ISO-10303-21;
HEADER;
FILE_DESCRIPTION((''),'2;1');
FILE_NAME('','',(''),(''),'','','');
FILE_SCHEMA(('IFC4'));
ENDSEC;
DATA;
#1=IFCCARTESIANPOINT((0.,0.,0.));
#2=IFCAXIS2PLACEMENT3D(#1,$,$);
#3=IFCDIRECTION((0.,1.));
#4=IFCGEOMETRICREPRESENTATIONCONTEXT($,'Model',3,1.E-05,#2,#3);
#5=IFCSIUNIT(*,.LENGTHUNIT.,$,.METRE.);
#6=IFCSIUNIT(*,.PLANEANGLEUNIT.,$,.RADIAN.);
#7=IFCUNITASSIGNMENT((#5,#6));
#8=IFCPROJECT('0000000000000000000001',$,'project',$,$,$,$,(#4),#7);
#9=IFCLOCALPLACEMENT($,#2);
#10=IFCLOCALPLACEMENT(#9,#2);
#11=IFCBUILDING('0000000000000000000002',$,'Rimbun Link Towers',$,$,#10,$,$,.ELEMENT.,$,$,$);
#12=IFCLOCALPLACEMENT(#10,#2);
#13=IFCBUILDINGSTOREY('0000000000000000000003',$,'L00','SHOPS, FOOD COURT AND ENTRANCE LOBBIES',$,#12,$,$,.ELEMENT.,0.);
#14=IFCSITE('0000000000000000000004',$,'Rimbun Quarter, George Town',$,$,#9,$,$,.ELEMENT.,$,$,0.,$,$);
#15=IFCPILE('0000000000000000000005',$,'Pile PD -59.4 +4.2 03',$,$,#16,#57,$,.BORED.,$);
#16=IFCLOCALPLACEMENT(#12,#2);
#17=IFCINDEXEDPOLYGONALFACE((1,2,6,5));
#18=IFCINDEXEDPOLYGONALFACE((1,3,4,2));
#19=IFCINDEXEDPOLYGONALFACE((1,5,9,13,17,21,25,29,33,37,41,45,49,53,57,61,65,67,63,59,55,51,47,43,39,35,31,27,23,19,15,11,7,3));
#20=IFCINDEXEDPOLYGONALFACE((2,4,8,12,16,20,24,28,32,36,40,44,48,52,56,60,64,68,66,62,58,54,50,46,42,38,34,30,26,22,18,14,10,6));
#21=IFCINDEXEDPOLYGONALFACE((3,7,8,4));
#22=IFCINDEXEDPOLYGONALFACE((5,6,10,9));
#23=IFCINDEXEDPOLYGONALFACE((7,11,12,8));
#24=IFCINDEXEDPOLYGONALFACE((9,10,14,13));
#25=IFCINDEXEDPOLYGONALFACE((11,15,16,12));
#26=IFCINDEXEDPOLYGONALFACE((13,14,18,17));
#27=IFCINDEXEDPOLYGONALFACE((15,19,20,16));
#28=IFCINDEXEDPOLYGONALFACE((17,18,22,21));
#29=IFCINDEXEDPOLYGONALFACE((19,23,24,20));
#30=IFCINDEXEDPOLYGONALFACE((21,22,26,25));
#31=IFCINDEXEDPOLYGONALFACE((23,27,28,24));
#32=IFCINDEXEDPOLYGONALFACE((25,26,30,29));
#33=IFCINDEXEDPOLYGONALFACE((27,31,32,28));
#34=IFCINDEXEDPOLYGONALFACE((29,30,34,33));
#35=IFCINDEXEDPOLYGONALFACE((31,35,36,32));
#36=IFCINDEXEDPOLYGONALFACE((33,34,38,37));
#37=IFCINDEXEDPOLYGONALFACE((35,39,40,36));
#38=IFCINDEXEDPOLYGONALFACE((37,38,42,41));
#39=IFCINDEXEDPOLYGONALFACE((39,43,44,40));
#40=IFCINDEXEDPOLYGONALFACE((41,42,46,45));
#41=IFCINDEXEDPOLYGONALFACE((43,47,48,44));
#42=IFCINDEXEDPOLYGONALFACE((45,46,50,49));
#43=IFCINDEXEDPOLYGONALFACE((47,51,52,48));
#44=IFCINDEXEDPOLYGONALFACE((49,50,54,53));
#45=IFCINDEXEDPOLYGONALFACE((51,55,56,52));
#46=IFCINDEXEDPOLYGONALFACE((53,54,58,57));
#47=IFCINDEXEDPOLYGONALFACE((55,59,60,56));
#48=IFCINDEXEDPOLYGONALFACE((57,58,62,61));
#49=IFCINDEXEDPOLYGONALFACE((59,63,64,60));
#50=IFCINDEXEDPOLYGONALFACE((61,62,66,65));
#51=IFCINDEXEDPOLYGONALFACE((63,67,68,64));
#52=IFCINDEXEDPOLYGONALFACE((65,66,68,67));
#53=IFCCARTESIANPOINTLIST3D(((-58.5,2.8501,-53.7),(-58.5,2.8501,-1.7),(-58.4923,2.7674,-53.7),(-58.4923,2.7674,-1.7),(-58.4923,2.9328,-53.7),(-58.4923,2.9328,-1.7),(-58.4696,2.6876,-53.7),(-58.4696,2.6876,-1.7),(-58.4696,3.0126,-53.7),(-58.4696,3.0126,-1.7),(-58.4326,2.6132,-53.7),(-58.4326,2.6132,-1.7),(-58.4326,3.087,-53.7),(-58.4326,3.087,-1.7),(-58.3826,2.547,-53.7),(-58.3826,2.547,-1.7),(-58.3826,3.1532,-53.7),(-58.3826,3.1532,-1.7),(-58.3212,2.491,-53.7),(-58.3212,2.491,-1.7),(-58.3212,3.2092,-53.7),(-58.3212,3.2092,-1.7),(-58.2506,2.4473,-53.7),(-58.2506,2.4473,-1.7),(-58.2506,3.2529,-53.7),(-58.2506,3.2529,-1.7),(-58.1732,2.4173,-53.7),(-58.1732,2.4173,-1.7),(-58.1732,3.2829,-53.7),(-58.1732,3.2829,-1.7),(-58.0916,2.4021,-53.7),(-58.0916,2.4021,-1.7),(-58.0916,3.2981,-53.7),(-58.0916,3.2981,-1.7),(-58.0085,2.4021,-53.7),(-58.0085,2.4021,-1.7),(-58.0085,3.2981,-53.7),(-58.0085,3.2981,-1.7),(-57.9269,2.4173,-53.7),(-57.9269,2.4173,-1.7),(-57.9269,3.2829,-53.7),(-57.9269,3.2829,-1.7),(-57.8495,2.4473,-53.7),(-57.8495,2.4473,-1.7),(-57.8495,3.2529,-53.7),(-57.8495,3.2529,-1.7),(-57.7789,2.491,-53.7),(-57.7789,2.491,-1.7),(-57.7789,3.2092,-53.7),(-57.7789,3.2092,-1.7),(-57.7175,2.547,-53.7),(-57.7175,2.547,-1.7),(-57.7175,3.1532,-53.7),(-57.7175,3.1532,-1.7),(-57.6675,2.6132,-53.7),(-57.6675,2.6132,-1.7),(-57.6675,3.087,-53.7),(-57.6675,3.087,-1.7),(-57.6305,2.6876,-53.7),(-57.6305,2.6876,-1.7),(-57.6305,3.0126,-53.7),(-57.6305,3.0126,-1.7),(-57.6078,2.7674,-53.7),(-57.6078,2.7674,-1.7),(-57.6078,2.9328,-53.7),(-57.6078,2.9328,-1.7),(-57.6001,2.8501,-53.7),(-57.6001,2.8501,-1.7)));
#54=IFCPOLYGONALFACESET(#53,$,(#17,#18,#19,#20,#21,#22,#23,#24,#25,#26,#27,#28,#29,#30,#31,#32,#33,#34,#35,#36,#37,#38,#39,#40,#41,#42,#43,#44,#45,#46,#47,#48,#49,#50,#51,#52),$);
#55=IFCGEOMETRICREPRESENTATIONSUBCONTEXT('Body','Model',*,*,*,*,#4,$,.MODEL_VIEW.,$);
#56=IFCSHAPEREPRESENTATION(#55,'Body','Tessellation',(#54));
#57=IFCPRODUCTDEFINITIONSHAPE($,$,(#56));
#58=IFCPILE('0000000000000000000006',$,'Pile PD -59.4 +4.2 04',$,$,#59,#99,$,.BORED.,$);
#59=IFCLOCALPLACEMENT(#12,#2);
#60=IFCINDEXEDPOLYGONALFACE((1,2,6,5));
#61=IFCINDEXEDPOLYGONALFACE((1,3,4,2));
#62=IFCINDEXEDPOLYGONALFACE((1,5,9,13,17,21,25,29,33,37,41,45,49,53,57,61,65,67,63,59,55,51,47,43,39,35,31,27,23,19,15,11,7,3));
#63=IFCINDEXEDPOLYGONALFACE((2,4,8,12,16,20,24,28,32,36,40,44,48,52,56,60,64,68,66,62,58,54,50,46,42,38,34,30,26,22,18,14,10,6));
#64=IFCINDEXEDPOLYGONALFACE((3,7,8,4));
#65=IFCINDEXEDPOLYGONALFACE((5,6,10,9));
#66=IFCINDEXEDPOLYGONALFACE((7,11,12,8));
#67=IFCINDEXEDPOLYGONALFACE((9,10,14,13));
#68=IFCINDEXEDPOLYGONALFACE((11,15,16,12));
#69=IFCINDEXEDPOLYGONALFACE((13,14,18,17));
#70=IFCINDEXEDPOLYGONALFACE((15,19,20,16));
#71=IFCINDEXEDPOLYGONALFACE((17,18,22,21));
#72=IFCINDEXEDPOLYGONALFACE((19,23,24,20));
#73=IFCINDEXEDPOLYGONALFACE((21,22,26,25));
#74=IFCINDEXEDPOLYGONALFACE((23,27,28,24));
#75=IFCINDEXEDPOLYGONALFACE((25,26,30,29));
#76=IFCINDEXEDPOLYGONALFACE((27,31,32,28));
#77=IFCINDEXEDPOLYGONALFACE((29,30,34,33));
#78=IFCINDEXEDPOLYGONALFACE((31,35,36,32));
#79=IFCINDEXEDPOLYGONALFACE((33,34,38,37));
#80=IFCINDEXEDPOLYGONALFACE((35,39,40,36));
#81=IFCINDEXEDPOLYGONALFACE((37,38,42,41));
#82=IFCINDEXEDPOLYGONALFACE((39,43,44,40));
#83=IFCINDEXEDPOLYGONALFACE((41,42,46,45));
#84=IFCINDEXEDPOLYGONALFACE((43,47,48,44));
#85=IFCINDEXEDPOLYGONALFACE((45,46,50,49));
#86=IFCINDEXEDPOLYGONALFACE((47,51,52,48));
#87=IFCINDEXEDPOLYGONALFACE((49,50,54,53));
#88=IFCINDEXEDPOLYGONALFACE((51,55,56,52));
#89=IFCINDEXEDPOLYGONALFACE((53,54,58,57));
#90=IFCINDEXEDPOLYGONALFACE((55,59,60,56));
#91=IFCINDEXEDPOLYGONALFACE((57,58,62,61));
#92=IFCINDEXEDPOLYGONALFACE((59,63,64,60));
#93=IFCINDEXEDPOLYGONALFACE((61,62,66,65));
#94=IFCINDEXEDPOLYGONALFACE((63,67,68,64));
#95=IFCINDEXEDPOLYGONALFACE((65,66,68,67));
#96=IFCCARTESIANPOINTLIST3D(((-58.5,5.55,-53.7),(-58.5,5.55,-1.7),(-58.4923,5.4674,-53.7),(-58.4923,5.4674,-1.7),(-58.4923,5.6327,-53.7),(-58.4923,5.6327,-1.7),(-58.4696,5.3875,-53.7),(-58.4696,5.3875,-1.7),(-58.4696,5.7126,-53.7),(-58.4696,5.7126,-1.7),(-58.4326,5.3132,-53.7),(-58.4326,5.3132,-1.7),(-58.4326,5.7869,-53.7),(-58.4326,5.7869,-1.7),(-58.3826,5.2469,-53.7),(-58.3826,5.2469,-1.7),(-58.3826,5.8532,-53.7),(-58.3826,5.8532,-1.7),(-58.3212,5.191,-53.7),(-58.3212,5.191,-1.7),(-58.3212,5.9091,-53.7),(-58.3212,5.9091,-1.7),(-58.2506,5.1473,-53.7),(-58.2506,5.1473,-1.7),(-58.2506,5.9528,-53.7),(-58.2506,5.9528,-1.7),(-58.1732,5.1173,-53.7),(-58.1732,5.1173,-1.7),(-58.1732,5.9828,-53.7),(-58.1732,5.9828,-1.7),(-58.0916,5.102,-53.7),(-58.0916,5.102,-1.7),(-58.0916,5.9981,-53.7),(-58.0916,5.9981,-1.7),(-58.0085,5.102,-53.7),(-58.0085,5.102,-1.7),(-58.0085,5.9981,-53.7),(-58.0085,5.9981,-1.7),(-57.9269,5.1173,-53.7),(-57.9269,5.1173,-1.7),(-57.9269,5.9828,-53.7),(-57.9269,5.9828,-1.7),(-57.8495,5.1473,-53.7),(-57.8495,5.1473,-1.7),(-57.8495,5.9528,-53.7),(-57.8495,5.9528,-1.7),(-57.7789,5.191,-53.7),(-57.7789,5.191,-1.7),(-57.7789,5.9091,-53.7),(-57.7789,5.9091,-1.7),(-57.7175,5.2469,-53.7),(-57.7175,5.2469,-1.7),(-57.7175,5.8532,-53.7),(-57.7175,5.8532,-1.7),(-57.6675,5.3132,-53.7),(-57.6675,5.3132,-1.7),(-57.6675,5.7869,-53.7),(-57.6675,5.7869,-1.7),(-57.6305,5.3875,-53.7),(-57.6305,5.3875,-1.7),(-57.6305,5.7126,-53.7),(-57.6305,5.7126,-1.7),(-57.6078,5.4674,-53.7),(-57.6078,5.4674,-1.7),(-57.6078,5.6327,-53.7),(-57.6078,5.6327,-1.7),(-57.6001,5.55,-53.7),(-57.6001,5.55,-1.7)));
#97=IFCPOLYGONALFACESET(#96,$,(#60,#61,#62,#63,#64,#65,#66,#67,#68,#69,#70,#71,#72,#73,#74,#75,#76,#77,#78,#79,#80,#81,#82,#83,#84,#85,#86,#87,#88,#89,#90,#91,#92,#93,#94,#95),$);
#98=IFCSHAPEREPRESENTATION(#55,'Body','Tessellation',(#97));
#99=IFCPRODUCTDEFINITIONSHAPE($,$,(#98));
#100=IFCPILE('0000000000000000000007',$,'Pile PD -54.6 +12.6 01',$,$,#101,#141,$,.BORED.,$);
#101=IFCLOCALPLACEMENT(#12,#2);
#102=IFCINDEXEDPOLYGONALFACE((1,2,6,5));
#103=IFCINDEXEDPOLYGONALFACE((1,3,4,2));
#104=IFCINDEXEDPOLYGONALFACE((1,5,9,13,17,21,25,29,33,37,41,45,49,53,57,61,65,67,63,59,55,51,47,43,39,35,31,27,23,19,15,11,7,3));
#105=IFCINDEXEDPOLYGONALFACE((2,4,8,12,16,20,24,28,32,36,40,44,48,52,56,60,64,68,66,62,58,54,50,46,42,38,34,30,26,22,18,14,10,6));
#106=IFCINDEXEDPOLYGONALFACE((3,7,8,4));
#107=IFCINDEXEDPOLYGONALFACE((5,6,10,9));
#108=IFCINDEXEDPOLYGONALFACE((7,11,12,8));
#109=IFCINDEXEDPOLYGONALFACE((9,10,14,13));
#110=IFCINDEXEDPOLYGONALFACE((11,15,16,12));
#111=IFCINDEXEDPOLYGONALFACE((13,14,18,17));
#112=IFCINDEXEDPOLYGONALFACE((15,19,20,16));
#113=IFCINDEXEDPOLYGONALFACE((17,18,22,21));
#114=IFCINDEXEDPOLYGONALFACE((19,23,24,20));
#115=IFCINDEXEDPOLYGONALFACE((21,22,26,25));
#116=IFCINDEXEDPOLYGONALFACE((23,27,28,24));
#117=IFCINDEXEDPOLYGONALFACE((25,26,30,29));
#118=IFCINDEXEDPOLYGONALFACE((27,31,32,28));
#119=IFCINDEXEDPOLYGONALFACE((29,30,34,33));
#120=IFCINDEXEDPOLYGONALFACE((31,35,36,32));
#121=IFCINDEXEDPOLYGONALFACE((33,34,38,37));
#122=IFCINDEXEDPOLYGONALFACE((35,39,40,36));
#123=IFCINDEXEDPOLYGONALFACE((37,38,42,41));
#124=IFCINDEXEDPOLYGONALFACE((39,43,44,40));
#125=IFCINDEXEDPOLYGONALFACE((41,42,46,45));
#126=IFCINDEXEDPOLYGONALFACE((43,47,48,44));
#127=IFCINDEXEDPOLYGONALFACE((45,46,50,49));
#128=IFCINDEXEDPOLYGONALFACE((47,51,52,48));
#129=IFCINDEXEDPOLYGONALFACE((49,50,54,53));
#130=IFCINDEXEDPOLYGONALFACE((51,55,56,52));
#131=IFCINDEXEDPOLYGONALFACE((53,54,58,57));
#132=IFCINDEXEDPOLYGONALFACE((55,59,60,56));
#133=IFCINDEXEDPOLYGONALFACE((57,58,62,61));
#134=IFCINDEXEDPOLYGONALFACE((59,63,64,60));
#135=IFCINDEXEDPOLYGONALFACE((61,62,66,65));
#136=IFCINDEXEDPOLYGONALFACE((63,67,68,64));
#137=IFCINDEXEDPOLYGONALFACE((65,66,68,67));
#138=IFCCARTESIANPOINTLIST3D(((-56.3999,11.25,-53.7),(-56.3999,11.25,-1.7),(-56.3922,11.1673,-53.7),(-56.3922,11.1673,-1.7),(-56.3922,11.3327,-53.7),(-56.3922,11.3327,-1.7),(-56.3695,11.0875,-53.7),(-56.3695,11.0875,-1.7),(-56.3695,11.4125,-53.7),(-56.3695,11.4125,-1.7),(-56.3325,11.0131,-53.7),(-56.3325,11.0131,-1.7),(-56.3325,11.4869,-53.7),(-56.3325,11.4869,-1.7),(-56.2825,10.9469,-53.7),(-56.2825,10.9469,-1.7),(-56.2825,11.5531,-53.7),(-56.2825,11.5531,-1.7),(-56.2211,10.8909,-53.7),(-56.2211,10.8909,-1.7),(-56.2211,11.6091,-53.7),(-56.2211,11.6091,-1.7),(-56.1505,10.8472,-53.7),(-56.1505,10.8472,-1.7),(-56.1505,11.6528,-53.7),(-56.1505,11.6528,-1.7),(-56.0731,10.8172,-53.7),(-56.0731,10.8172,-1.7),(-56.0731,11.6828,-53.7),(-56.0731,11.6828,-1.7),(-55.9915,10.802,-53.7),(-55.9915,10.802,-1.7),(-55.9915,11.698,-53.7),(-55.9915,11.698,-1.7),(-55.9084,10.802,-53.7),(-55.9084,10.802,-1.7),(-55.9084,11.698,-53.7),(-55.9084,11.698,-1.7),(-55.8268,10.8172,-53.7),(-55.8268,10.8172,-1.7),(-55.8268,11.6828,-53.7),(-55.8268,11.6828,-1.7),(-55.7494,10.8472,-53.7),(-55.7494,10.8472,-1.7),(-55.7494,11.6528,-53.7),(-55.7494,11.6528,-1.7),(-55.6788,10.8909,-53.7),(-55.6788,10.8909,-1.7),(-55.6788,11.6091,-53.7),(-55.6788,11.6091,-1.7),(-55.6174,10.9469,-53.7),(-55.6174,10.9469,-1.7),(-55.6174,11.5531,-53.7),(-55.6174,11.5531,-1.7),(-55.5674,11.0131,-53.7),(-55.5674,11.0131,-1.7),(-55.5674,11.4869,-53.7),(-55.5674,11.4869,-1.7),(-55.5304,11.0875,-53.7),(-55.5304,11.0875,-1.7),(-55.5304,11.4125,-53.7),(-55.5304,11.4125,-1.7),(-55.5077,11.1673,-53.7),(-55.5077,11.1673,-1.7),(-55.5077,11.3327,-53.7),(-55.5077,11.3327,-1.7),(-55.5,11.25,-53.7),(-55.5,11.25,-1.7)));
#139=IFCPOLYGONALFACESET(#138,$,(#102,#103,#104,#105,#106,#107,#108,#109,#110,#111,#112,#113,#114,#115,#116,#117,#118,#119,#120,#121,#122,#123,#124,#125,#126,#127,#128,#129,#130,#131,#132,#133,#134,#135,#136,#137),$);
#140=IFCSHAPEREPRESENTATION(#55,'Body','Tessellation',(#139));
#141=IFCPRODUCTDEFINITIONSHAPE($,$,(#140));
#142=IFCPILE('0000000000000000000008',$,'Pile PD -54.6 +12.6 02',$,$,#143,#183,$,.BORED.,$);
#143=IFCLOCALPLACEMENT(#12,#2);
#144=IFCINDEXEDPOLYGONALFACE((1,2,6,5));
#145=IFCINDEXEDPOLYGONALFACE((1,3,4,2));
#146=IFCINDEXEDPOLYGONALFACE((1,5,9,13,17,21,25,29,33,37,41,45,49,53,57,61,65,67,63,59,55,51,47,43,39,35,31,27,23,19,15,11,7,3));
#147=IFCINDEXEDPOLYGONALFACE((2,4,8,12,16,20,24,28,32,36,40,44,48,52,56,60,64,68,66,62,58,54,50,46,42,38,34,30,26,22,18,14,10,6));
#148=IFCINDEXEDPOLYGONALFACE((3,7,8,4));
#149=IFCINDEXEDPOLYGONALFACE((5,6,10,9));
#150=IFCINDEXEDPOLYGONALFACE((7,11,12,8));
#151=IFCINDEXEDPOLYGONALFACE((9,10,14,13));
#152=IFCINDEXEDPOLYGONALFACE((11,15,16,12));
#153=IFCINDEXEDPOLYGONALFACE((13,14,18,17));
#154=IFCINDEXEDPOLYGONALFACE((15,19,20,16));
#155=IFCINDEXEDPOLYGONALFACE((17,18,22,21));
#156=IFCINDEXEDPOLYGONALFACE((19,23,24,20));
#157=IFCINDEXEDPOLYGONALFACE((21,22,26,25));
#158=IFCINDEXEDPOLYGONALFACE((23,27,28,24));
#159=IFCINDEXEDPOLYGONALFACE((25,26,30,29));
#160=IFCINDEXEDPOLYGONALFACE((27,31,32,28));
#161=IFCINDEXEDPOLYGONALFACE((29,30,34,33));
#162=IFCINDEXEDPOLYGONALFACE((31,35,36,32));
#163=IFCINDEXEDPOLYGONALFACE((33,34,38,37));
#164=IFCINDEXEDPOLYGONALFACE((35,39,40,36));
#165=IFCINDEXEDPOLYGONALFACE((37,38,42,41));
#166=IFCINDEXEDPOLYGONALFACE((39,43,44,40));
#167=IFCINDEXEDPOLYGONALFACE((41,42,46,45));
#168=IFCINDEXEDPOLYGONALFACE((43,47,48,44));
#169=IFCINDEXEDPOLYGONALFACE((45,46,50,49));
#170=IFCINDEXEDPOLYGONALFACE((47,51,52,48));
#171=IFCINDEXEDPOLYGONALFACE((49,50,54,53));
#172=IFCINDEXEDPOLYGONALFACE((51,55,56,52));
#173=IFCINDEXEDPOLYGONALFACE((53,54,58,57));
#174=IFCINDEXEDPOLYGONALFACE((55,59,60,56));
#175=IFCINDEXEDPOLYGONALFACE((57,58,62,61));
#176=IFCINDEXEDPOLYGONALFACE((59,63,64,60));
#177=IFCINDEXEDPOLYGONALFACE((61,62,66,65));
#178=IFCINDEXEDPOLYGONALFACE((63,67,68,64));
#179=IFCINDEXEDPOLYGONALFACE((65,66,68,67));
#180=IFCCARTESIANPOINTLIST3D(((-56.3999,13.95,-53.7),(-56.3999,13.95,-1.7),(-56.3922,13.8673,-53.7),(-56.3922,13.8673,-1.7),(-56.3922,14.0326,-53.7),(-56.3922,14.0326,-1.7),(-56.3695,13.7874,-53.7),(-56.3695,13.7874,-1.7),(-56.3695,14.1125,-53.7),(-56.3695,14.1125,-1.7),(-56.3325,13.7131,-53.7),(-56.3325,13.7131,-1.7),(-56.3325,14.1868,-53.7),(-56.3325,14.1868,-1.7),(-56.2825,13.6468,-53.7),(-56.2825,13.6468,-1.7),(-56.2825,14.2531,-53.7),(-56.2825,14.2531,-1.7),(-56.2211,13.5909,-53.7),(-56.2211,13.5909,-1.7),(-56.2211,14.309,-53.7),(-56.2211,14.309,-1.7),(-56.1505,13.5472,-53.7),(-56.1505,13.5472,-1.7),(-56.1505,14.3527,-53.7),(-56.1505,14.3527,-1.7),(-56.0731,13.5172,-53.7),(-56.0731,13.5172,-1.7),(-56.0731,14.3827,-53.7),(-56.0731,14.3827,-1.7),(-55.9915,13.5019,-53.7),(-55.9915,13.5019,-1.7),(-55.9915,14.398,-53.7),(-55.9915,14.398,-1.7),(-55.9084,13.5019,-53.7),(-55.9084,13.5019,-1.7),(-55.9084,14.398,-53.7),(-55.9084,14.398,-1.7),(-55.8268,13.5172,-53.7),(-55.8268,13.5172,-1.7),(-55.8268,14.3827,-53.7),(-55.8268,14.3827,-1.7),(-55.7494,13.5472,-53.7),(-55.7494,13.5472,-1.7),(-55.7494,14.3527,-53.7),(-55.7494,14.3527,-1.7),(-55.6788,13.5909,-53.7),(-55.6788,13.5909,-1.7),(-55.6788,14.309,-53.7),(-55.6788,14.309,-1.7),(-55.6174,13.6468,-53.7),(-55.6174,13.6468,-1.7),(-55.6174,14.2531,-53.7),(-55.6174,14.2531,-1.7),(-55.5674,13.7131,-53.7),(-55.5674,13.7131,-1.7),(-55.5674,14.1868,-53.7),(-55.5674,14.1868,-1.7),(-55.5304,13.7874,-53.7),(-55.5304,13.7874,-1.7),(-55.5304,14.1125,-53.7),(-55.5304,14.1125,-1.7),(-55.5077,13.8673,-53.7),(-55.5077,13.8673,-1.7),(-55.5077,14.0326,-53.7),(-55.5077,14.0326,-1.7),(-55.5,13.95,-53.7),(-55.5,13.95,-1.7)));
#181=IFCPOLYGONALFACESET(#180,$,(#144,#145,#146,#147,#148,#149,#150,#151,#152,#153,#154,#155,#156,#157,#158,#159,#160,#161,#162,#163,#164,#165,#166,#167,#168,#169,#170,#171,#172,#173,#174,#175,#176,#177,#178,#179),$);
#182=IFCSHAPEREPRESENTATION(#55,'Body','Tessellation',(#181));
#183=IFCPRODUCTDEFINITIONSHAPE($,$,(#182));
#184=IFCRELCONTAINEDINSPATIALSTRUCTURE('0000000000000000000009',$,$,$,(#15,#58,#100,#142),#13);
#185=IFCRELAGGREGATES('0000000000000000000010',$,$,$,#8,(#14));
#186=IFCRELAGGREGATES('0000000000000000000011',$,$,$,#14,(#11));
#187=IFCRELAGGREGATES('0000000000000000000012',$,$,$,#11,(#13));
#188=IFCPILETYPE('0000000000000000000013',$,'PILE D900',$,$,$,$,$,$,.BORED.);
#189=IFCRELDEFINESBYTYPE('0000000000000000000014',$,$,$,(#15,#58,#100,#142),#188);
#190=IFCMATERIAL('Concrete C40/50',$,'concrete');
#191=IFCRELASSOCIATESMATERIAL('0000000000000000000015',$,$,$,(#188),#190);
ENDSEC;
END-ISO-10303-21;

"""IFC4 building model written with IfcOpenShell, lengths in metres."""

from ifc_helpers import new_model, si_unit, direction, frame, origin, origin_2d, place, context, subcontext, project, spatial, circle, extrude, material, material_profile, profile_set, type_object, element, save


model = new_model("IFC4")

# Units and contexts
model_context = context("Model", 3, precision=1e-05, world=origin(), true_north=direction((0.0, 1.0)))
body_context = subcontext(model_context, "Body", "Model", "MODEL_VIEW")
ifc_project = project(units=[si_unit("LENGTHUNIT", "METRE"), si_unit("PLANEANGLEUNIT", "RADIAN")], contexts=[model_context])

# Site, building, storey
site_placement = place(None, origin())
site = spatial("IfcSite", under=ifc_project, at=site_placement, Name="Rimbun Quarter, George Town", CompositionType="ELEMENT", RefElevation=0.0)
building_placement = place(site_placement, origin())
building = spatial("IfcBuilding", under=site, at=building_placement, Name="Rimbun Link Towers", CompositionType="ELEMENT")
storey_placement = place(building_placement, origin())
storey = spatial("IfcBuildingStorey", under=building, at=storey_placement, Name="L00", Description="SHOPS, FOOD COURT AND ENTRANCE LOBBIES", CompositionType="ELEMENT", Elevation=0.0)

# Piles
ifc_material_1 = material(Name="Concrete C40/50", Category="concrete")
ifc_material_profile_1 = material_profile(ifc_material_1, circle(Radius=0.45, at=origin_2d()), Name="PILE D900")
ifc_profile_set_1 = profile_set([ifc_material_profile_1], Name="Concrete C40/50")
pile_type = type_object("IfcPileType", Name="PILE D900", PredefinedType="BORED", material=ifc_profile_set_1)
for number, where, z_axis, x_axis, name in (
    (1, (-58.05, 2.8501, -1.7), (0.0, 0.0, -1.0), (1.0, 0.0, 0.0), "Pile PD -59.4 +4.2 03"),
    (2, (-58.05, 5.55, -1.7), (0.0, 0.0, -1.0), (1.0, 0.0, 0.0), "Pile PD -59.4 +4.2 04"),
    (3, (-55.95, 11.25, -1.7), (0.0, 0.0, -1.0), (1.0, 0.0, 0.0), "Pile PD -54.6 +12.6 01"),
    (4, (-55.95, 13.95, -1.7), (0.0, 0.0, -1.0), (1.0, 0.0, 0.0), "Pile PD -54.6 +12.6 02"),
):
    element("IfcPile", number, at=place(storey_placement, frame(where, z_axis=z_axis, x_axis=x_axis)), inside=storey, type_object=pile_type, Name=name, PredefinedType="BORED", context=body_context, shape_type="SweptSolid", body=[
        extrude(circle(Radius=0.45, at=origin_2d()), origin(), (0.0, 0.0, 1.0), 52.0),
    ])

save(model, "model.ifc")
